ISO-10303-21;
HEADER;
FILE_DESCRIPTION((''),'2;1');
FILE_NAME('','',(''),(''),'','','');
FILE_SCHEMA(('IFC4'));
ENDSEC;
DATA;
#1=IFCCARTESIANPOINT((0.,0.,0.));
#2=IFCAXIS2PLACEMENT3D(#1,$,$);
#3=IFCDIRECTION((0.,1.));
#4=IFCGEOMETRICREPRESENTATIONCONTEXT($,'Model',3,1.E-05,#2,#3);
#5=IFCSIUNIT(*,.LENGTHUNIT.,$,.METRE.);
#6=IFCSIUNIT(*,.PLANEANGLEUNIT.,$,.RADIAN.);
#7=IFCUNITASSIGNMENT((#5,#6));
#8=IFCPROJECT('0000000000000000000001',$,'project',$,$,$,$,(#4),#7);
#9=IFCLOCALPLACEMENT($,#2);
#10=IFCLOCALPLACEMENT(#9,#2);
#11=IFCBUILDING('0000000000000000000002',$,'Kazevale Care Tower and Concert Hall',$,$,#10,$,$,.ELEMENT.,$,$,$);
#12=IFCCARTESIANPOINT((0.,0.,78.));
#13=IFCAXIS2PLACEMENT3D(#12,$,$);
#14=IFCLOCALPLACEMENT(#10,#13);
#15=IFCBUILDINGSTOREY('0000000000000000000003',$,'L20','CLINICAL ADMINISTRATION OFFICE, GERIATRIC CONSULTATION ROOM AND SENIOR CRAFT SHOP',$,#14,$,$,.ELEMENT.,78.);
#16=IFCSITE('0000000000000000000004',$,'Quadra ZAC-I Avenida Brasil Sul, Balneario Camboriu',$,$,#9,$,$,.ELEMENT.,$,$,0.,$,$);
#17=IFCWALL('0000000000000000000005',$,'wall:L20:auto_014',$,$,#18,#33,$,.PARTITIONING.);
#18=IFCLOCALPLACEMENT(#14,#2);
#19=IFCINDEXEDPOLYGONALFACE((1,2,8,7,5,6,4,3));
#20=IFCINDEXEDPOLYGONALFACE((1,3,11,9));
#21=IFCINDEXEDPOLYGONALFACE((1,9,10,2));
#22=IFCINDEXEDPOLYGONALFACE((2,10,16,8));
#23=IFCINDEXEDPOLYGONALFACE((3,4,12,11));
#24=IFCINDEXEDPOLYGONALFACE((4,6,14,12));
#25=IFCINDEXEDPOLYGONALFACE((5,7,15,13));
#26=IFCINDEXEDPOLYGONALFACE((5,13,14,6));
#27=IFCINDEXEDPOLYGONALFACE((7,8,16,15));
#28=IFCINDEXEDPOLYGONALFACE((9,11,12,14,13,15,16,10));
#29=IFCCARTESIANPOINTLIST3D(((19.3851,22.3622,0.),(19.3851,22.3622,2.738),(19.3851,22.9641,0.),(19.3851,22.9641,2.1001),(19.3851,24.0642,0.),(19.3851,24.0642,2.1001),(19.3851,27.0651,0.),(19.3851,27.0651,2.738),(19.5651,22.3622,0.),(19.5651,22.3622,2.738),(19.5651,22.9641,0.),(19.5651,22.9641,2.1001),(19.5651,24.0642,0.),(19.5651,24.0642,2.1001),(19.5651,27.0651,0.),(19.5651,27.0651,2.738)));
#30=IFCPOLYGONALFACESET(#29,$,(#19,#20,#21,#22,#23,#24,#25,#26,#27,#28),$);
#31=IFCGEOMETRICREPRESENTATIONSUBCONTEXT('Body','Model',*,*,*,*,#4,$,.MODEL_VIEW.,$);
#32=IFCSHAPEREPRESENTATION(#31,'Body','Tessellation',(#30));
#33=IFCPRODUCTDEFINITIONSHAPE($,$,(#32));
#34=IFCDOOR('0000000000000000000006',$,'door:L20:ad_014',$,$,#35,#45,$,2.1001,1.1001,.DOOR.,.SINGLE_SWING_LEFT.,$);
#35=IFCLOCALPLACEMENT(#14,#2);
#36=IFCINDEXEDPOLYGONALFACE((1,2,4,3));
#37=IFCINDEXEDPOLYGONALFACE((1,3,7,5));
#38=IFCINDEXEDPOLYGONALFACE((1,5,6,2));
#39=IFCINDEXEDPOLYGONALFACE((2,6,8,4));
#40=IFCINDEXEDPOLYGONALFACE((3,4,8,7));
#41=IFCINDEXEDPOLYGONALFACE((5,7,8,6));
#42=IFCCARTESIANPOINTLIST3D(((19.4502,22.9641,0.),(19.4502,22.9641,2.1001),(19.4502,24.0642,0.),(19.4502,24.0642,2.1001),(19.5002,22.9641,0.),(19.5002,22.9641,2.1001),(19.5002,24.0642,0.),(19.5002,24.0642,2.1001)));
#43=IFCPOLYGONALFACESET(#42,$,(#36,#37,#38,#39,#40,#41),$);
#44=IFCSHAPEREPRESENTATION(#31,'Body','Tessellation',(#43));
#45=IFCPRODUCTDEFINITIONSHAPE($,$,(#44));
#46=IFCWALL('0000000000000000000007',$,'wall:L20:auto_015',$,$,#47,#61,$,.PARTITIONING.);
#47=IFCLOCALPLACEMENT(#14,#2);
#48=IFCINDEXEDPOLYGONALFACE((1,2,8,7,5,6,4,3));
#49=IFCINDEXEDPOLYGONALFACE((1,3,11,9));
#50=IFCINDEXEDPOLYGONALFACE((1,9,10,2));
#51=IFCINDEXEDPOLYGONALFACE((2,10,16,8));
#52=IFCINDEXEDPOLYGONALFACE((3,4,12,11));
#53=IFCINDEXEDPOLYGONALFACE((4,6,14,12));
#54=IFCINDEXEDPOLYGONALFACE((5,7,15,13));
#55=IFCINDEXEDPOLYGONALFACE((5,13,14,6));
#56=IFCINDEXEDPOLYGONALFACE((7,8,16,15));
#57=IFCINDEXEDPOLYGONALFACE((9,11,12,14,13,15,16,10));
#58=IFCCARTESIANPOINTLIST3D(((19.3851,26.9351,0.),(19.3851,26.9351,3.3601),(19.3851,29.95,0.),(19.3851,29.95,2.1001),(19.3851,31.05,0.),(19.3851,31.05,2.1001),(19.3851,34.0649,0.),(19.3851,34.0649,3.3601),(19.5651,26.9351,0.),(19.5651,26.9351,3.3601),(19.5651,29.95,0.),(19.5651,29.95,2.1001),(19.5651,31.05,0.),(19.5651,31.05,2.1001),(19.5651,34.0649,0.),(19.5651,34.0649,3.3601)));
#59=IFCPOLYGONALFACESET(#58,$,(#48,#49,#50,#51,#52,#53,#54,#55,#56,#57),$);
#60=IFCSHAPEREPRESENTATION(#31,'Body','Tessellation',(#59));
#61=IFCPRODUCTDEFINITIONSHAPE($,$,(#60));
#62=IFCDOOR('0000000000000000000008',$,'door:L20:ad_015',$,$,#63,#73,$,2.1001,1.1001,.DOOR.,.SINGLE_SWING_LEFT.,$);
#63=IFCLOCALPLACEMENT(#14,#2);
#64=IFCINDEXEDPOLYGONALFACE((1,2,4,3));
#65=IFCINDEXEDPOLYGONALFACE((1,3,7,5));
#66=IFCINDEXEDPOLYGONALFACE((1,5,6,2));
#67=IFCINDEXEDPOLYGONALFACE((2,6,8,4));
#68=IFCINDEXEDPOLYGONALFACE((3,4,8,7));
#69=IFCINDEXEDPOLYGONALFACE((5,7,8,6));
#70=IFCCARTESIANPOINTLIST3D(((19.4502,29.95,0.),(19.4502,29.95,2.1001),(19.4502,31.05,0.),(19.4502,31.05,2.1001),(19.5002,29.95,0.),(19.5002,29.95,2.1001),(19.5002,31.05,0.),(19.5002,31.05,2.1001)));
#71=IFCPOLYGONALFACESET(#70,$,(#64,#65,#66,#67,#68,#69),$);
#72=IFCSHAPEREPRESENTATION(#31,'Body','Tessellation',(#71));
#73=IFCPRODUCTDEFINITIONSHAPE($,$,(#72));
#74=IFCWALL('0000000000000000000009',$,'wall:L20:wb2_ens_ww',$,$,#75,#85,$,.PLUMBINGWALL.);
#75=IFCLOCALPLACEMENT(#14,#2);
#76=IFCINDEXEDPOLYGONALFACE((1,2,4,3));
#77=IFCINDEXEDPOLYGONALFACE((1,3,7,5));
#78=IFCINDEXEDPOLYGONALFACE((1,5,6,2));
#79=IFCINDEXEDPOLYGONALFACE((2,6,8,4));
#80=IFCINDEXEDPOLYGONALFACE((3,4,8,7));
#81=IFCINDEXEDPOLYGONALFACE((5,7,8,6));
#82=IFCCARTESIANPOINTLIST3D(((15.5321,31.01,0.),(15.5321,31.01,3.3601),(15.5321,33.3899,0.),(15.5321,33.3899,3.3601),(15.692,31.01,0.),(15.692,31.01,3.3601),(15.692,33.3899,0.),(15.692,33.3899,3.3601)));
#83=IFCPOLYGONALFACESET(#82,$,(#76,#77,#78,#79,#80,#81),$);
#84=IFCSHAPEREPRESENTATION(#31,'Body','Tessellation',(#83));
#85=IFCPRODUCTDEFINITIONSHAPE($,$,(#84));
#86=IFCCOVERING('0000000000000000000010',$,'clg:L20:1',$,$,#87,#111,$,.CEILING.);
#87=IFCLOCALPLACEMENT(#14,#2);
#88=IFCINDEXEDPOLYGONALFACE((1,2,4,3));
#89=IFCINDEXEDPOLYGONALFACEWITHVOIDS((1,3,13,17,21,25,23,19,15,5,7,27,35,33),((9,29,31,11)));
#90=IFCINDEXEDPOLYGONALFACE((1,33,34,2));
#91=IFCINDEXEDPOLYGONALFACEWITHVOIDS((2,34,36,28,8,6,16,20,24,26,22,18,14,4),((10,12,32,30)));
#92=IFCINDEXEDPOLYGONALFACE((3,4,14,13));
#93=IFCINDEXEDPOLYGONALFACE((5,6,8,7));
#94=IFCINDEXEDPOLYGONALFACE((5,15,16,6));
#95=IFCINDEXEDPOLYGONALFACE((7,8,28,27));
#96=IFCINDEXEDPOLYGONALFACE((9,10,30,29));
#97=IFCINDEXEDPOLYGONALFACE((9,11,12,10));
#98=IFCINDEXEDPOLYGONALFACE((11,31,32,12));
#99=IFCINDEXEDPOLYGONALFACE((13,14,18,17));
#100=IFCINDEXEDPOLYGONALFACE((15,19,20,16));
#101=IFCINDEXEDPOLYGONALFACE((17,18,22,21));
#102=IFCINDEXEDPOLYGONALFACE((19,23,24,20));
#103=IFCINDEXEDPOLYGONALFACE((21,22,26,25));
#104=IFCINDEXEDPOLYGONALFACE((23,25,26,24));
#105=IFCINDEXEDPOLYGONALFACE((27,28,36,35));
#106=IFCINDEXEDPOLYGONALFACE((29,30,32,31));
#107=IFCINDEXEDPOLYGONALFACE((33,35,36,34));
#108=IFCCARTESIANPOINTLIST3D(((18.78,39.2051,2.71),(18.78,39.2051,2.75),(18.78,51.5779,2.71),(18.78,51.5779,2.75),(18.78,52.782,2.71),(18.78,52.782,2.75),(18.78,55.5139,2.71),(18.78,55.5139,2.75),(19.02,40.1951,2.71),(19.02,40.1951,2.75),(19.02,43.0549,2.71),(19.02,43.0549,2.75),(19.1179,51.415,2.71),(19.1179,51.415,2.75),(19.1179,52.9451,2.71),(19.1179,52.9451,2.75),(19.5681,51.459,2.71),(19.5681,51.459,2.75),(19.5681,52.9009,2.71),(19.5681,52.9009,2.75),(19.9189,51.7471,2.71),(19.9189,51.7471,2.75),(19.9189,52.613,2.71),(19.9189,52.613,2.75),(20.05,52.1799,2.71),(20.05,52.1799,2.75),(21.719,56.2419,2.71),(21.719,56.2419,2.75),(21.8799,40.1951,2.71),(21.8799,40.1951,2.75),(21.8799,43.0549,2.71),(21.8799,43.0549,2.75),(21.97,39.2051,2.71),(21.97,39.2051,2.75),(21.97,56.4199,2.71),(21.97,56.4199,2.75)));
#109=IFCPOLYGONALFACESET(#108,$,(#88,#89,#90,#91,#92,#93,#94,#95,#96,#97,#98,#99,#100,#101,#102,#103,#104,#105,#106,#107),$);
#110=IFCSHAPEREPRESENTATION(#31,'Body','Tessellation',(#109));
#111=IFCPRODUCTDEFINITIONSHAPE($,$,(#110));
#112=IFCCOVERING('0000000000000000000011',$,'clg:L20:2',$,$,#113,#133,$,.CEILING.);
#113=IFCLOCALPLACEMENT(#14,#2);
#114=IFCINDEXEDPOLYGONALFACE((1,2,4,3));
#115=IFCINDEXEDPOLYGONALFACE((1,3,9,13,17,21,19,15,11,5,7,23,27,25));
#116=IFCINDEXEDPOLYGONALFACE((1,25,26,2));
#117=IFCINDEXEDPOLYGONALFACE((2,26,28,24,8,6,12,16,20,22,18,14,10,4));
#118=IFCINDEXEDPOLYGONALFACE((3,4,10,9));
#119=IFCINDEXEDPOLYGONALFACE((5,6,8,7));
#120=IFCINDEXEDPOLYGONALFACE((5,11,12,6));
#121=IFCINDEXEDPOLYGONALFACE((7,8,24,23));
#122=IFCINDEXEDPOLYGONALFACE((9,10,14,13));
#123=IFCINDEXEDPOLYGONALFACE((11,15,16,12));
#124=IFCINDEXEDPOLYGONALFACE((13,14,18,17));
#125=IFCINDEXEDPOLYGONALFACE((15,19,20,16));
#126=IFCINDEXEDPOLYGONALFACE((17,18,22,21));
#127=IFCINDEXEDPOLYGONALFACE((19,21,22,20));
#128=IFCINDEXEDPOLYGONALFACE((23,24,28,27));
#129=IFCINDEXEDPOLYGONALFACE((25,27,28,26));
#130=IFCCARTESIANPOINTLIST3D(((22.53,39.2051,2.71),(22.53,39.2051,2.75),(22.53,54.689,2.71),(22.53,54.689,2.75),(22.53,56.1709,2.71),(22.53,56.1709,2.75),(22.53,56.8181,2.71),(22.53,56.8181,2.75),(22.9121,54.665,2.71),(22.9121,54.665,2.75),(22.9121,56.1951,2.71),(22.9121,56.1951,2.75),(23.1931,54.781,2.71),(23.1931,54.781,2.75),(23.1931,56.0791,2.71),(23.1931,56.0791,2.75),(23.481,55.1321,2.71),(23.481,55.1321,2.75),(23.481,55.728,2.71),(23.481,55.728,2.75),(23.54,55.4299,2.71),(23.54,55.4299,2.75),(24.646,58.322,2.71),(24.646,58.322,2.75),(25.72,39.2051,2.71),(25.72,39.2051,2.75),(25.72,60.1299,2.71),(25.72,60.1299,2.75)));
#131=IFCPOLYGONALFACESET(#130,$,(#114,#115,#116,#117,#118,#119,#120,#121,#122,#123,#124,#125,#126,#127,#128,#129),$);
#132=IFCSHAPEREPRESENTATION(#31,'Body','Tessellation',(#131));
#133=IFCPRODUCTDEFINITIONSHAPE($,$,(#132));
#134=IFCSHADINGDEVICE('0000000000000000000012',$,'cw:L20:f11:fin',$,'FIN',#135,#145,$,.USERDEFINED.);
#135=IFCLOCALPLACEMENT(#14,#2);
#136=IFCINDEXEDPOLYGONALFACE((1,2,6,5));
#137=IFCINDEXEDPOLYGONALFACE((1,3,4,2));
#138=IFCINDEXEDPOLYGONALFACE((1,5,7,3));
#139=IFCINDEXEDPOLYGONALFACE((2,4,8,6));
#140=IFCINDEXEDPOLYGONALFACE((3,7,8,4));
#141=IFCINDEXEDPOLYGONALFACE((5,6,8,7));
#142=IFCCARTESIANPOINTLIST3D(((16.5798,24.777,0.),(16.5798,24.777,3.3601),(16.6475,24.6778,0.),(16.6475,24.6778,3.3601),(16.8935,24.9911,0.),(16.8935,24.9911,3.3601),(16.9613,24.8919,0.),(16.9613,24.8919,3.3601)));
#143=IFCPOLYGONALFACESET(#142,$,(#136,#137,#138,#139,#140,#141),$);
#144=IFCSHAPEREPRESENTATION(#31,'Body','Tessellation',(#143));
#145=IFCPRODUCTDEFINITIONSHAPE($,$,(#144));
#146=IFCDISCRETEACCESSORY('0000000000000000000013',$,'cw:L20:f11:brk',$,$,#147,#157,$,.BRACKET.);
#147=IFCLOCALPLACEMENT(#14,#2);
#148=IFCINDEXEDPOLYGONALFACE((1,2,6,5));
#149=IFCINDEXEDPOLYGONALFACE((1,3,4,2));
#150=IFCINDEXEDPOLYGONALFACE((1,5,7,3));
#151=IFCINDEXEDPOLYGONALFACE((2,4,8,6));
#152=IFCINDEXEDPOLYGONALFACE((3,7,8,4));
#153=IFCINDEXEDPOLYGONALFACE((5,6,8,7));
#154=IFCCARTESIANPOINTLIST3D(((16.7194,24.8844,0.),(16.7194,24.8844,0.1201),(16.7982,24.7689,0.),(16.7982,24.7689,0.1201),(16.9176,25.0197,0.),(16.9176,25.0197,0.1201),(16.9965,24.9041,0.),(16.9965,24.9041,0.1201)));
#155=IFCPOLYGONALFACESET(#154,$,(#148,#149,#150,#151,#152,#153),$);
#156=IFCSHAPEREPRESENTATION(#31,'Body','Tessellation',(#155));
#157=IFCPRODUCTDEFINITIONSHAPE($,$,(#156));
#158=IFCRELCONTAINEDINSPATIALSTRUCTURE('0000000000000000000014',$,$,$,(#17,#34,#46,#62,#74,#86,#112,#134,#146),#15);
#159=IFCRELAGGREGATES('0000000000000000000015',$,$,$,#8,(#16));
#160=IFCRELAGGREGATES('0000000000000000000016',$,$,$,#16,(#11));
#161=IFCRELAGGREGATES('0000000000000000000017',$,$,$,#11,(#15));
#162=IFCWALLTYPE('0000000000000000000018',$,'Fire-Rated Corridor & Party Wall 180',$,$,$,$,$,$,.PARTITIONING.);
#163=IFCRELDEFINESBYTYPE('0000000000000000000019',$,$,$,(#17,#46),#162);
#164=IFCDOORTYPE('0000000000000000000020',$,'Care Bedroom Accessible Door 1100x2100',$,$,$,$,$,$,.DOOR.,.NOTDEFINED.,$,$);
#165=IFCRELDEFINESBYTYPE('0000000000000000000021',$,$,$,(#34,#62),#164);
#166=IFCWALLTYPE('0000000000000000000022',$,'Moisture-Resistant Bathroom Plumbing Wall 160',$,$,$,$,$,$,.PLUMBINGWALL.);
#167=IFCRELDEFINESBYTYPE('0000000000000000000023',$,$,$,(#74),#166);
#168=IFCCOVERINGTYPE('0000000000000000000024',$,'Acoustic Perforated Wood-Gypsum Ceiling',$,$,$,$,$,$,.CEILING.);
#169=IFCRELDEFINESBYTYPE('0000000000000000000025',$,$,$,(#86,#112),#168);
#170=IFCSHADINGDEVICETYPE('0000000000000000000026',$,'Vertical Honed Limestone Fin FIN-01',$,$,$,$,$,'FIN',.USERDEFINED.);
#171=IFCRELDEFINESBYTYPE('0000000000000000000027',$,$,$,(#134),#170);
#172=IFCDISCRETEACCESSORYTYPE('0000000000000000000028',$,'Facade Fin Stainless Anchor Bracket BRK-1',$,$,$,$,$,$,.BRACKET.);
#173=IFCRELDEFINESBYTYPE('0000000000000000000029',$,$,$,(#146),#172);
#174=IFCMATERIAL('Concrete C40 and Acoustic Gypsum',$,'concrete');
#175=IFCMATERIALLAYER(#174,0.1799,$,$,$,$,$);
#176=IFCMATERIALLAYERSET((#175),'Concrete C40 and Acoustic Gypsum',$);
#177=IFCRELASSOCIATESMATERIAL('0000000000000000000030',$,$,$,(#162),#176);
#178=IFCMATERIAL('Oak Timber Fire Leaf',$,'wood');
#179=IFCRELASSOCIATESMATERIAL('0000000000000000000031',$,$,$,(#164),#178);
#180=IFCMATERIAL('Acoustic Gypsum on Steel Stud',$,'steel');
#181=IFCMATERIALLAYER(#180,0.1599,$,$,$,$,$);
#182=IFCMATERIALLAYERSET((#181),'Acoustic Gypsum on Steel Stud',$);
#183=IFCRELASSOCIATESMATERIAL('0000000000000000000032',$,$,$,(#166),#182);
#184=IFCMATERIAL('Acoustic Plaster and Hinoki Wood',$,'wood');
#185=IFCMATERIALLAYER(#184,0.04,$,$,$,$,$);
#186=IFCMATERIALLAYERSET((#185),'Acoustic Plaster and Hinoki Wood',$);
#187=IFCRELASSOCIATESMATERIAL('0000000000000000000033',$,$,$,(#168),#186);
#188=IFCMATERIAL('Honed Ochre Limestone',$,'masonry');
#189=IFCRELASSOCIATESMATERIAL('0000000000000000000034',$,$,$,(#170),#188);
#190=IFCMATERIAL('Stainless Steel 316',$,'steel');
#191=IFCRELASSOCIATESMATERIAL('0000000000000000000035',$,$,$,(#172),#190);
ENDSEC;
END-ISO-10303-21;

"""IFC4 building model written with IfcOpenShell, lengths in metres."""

from ifc_helpers import new_model, si_unit, direction, frame, frame_2d, origin, origin_2d, place, context, subcontext, project, spatial, polyline, rectangle, outline, extrude, material, layer, layer_set, type_object, element, fill, save


model = new_model("IFC4")

# Units and contexts
model_context = context("Model", 3, precision=1e-05, world=origin(), true_north=direction((0.0, 1.0)))
body_context = subcontext(model_context, "Body", "Model", "MODEL_VIEW")
ifc_project = project(units=[si_unit("LENGTHUNIT", "METRE"), si_unit("PLANEANGLEUNIT", "RADIAN")], contexts=[model_context])

# Site, building, storey
site_placement = place(None, origin())
site = spatial("IfcSite", under=ifc_project, at=site_placement, Name="Quadra ZAC-I Avenida Brasil Sul, Balneario Camboriu", CompositionType="ELEMENT", RefElevation=0.0)
building_placement = place(site_placement, origin())
building = spatial("IfcBuilding", under=site, at=building_placement, Name="Kazevale Care Tower and Concert Hall", CompositionType="ELEMENT")
storey_placement = place(building_placement, frame((0.0, 0.0, 78.0)))
storey = spatial("IfcBuildingStorey", under=building, at=storey_placement, Name="L20", Description="CLINICAL ADMINISTRATION OFFICE, GERIATRIC CONSULTATION ROOM AND SENIOR CRAFT SHOP", CompositionType="ELEMENT", Elevation=78.0)

# Shared definitions
ifc_material_1 = material(Name="Acoustic Gypsum on Steel Stud", Category="steel")

# Walls, openings, doors
ifc_material_2 = material(Name="Concrete C40 and Acoustic Gypsum", Category="concrete")
ifc_layer_1 = layer(ifc_material_2, 0.1799)
ifc_layer_set_1 = layer_set([ifc_layer_1], Name="Concrete C40 and Acoustic Gypsum")
wall_type_1 = type_object("IfcWallType", Name="Fire-Rated Corridor & Party Wall 180", PredefinedType="PARTITIONING", material=ifc_layer_set_1)
wall_1_placement = place(storey_placement, frame((19.4751, 22.3621, 0.0), z_axis=(0.0, 0.0, 1.0), x_axis=(0.0, 1.0, 0.0)))
wall_1 = element("IfcWall", 1, at=wall_1_placement, inside=storey, type_object=wall_type_1, Name="wall:L20:auto_014", PredefinedType="PARTITIONING", context=body_context, shape_type="SweptSolid", body=[
    extrude(rectangle(XDim=4.7029, YDim=0.1799, at=frame_2d((2.3516, 0.0))), origin(), (0.0, 0.0, 1.0), 2.738),
])
opening_1_placement = place(wall_1_placement, frame((0.6021, 0.0, 0.0)))
opening_1 = element("IfcOpeningElement", 2, at=opening_1_placement, cuts=wall_1, PredefinedType="OPENING", context=body_context, shape_type="SweptSolid", body=[
    extrude(rectangle(XDim=1.1001, YDim=2.1001, at=frame_2d((0.55, 1.05))), frame((0.0, 0.0999, 0.0), z_axis=(0.0, -1.0, 0.0), x_axis=(1.0, 0.0, 0.0)), (0.0, 0.0, 1.0), 0.2),
])
ifc_material_3 = material(Name="Oak Timber Fire Leaf", Category="wood")
door_type = type_object("IfcDoorType", Name="Care Bedroom Accessible Door 1100x2100", OperationType="NOTDEFINED", PredefinedType="DOOR", material=ifc_material_3)
door_1_placement = place(opening_1_placement, origin())
door_1 = element("IfcDoor", 3, at=door_1_placement, inside=storey, type_object=door_type, Name="door:L20:ad_014", OperationType="SINGLE_SWING_LEFT", OverallHeight=2.1001, OverallWidth=1.1001, PredefinedType="DOOR", context=body_context, shape_type="SweptSolid", body=[
    extrude(rectangle(XDim=1.1001, YDim=2.1001, at=frame_2d((0.55, 1.05))), frame((0.0, 0.0249, 0.0), z_axis=(0.0, -1.0, 0.0), x_axis=(1.0, 0.0, 0.0)), (0.0, 0.0, 1.0), 0.05),
])
fill(opening_1, door_1)
wall_2_placement = place(storey_placement, frame((19.4751, 26.9351, 0.0), z_axis=(0.0, 0.0, 1.0), x_axis=(0.0, 1.0, 0.0)))
wall_2 = element("IfcWall", 4, at=wall_2_placement, inside=storey, type_object=wall_type_1, Name="wall:L20:auto_015", PredefinedType="PARTITIONING", context=body_context, shape_type="SweptSolid", body=[
    extrude(rectangle(XDim=7.1299, YDim=0.1799, at=frame_2d((3.5649, 0.0))), origin(), (0.0, 0.0, 1.0), 3.3601),
])
opening_2_placement = place(wall_2_placement, frame((3.0149, 0.0, 0.0)))
opening_2 = element("IfcOpeningElement", 5, at=opening_2_placement, cuts=wall_2, PredefinedType="OPENING", context=body_context, shape_type="SweptSolid", body=[
    extrude(rectangle(XDim=1.1001, YDim=2.1001, at=frame_2d((0.55, 1.05))), frame((0.0, 0.0999, 0.0), z_axis=(0.0, -1.0, 0.0), x_axis=(1.0, 0.0, 0.0)), (0.0, 0.0, 1.0), 0.2),
])
door_2_placement = place(opening_2_placement, origin())
door_2 = element("IfcDoor", 6, at=door_2_placement, inside=storey, type_object=door_type, Name="door:L20:ad_015", OperationType="SINGLE_SWING_LEFT", OverallHeight=2.1001, OverallWidth=1.1001, PredefinedType="DOOR", context=body_context, shape_type="SweptSolid", body=[
    extrude(rectangle(XDim=1.1001, YDim=2.1001, at=frame_2d((0.55, 1.05))), frame((0.0, 0.0249, 0.0), z_axis=(0.0, -1.0, 0.0), x_axis=(1.0, 0.0, 0.0)), (0.0, 0.0, 1.0), 0.05),
])
fill(opening_2, door_2)

# Wall
ifc_layer_2 = layer(ifc_material_1, 0.1599)
ifc_layer_set_2 = layer_set([ifc_layer_2], Name="Acoustic Gypsum on Steel Stud")
wall_type_2 = type_object("IfcWallType", Name="Moisture-Resistant Bathroom Plumbing Wall 160", PredefinedType="PLUMBINGWALL", material=ifc_layer_set_2)
wall_3_placement = place(storey_placement, frame((15.6121, 31.01, 0.0), z_axis=(0.0, 0.0, 1.0), x_axis=(0.0, 1.0, 0.0)))
element("IfcWall", 7, at=wall_3_placement, inside=storey, type_object=wall_type_2, Name="wall:L20:wb2_ens_ww", PredefinedType="PLUMBINGWALL", context=body_context, shape_type="SweptSolid", body=[
    extrude(rectangle(XDim=2.3799, YDim=0.1599, at=frame_2d((1.1899, 0.0))), origin(), (0.0, 0.0, 1.0), 3.3601),
])

# Coverings
ifc_material_4 = material(Name="Acoustic Plaster and Hinoki Wood", Category="wood")
ifc_layer_3 = layer(ifc_material_4, 0.04)
ifc_layer_set_3 = layer_set([ifc_layer_3], Name="Acoustic Plaster and Hinoki Wood")
covering_type = type_object("IfcCoveringType", Name="Acoustic Perforated Wood-Gypsum Ceiling", PredefinedType="CEILING", material=ifc_layer_set_3)
covering_1_placement = place(storey_placement, frame((0.0, 0.0, 2.71)))
element("IfcCovering", 8, at=covering_1_placement, inside=storey, type_object=covering_type, Name="clg:L20:1", PredefinedType="CEILING", context=body_context, shape_type="SweptSolid", body=[
    extrude(outline(polyline([(21.97, 56.4199), (21.97, 39.2051), (18.78, 39.2051), (18.78, 51.5779), (19.1179, 51.415), (19.5681, 51.459), (19.9189, 51.7471), (20.05, 52.1799), (19.9189, 52.613), (19.5681, 52.9009), (19.1179, 52.9451), (18.78, 52.782), (18.78, 55.5139), (21.719, 56.2419), (21.97, 56.4199)]), holes=[polyline([(19.02, 43.0549), (19.02, 40.1951), (21.8799, 40.1951), (21.8799, 43.0549), (19.02, 43.0549)])]), origin(), (0.0, 0.0, 1.0), 0.04),
])
covering_2_placement = place(storey_placement, frame((0.0, 0.0, 2.71)))
element("IfcCovering", 9, at=covering_2_placement, inside=storey, type_object=covering_type, Name="clg:L20:2", PredefinedType="CEILING", context=body_context, shape_type="SweptSolid", body=[
    extrude(outline(polyline([(22.53, 39.2051), (22.53, 54.689), (22.9121, 54.665), (23.1931, 54.781), (23.481, 55.1321), (23.54, 55.4299), (23.481, 55.728), (23.1931, 56.0791), (22.9121, 56.1951), (22.53, 56.1709), (22.53, 56.8181), (24.646, 58.322), (25.72, 60.1299), (25.72, 39.2051), (22.53, 39.2051)])), origin(), (0.0, 0.0, 1.0), 0.04),
])

# Shading device
ifc_material_5 = material(Name="Honed Ochre Limestone", Category="masonry")
shading_device_type = type_object("IfcShadingDeviceType", Name="Vertical Honed Limestone Fin FIN-01", ElementType="FIN", PredefinedType="USERDEFINED", material=ifc_material_5)
shading_device_placement = place(storey_placement, frame((16.7705, 24.8345, 0.0), z_axis=(0.0, 0.0, 1.0), x_axis=(-0.826, -0.56367, 0.0)))
element("IfcShadingDevice", 10, at=shading_device_placement, inside=storey, type_object=shading_device_type, Name="cw:L20:f11:fin", ObjectType="FIN", PredefinedType="USERDEFINED", context=body_context, shape_type="SweptSolid", body=[
    extrude(rectangle(XDim=0.3799, YDim=0.1201, at=origin_2d()), origin(), (0.0, 0.0, 1.0), 3.3601),
])

# Discrete accessory
ifc_material_6 = material(Name="Stainless Steel 316", Category="steel")
discrete_accessory_type = type_object("IfcDiscreteAccessoryType", Name="Facade Fin Stainless Anchor Bracket BRK-1", PredefinedType="BRACKET", material=ifc_material_6)
discrete_accessory_placement = place(storey_placement, frame((16.8579, 24.8943, 0.0), z_axis=(0.0, 0.0, 1.0), x_axis=(-0.826, -0.56367, 0.0)))
element("IfcDiscreteAccessory", 11, at=discrete_accessory_placement, inside=storey, type_object=discrete_accessory_type, Name="cw:L20:f11:brk", PredefinedType="BRACKET", context=body_context, shape_type="SweptSolid", body=[
    extrude(rectangle(XDim=0.24, YDim=0.1399, at=origin_2d()), origin(), (0.0, 0.0, 1.0), 0.1201),
])

save(model, "model.ifc")
